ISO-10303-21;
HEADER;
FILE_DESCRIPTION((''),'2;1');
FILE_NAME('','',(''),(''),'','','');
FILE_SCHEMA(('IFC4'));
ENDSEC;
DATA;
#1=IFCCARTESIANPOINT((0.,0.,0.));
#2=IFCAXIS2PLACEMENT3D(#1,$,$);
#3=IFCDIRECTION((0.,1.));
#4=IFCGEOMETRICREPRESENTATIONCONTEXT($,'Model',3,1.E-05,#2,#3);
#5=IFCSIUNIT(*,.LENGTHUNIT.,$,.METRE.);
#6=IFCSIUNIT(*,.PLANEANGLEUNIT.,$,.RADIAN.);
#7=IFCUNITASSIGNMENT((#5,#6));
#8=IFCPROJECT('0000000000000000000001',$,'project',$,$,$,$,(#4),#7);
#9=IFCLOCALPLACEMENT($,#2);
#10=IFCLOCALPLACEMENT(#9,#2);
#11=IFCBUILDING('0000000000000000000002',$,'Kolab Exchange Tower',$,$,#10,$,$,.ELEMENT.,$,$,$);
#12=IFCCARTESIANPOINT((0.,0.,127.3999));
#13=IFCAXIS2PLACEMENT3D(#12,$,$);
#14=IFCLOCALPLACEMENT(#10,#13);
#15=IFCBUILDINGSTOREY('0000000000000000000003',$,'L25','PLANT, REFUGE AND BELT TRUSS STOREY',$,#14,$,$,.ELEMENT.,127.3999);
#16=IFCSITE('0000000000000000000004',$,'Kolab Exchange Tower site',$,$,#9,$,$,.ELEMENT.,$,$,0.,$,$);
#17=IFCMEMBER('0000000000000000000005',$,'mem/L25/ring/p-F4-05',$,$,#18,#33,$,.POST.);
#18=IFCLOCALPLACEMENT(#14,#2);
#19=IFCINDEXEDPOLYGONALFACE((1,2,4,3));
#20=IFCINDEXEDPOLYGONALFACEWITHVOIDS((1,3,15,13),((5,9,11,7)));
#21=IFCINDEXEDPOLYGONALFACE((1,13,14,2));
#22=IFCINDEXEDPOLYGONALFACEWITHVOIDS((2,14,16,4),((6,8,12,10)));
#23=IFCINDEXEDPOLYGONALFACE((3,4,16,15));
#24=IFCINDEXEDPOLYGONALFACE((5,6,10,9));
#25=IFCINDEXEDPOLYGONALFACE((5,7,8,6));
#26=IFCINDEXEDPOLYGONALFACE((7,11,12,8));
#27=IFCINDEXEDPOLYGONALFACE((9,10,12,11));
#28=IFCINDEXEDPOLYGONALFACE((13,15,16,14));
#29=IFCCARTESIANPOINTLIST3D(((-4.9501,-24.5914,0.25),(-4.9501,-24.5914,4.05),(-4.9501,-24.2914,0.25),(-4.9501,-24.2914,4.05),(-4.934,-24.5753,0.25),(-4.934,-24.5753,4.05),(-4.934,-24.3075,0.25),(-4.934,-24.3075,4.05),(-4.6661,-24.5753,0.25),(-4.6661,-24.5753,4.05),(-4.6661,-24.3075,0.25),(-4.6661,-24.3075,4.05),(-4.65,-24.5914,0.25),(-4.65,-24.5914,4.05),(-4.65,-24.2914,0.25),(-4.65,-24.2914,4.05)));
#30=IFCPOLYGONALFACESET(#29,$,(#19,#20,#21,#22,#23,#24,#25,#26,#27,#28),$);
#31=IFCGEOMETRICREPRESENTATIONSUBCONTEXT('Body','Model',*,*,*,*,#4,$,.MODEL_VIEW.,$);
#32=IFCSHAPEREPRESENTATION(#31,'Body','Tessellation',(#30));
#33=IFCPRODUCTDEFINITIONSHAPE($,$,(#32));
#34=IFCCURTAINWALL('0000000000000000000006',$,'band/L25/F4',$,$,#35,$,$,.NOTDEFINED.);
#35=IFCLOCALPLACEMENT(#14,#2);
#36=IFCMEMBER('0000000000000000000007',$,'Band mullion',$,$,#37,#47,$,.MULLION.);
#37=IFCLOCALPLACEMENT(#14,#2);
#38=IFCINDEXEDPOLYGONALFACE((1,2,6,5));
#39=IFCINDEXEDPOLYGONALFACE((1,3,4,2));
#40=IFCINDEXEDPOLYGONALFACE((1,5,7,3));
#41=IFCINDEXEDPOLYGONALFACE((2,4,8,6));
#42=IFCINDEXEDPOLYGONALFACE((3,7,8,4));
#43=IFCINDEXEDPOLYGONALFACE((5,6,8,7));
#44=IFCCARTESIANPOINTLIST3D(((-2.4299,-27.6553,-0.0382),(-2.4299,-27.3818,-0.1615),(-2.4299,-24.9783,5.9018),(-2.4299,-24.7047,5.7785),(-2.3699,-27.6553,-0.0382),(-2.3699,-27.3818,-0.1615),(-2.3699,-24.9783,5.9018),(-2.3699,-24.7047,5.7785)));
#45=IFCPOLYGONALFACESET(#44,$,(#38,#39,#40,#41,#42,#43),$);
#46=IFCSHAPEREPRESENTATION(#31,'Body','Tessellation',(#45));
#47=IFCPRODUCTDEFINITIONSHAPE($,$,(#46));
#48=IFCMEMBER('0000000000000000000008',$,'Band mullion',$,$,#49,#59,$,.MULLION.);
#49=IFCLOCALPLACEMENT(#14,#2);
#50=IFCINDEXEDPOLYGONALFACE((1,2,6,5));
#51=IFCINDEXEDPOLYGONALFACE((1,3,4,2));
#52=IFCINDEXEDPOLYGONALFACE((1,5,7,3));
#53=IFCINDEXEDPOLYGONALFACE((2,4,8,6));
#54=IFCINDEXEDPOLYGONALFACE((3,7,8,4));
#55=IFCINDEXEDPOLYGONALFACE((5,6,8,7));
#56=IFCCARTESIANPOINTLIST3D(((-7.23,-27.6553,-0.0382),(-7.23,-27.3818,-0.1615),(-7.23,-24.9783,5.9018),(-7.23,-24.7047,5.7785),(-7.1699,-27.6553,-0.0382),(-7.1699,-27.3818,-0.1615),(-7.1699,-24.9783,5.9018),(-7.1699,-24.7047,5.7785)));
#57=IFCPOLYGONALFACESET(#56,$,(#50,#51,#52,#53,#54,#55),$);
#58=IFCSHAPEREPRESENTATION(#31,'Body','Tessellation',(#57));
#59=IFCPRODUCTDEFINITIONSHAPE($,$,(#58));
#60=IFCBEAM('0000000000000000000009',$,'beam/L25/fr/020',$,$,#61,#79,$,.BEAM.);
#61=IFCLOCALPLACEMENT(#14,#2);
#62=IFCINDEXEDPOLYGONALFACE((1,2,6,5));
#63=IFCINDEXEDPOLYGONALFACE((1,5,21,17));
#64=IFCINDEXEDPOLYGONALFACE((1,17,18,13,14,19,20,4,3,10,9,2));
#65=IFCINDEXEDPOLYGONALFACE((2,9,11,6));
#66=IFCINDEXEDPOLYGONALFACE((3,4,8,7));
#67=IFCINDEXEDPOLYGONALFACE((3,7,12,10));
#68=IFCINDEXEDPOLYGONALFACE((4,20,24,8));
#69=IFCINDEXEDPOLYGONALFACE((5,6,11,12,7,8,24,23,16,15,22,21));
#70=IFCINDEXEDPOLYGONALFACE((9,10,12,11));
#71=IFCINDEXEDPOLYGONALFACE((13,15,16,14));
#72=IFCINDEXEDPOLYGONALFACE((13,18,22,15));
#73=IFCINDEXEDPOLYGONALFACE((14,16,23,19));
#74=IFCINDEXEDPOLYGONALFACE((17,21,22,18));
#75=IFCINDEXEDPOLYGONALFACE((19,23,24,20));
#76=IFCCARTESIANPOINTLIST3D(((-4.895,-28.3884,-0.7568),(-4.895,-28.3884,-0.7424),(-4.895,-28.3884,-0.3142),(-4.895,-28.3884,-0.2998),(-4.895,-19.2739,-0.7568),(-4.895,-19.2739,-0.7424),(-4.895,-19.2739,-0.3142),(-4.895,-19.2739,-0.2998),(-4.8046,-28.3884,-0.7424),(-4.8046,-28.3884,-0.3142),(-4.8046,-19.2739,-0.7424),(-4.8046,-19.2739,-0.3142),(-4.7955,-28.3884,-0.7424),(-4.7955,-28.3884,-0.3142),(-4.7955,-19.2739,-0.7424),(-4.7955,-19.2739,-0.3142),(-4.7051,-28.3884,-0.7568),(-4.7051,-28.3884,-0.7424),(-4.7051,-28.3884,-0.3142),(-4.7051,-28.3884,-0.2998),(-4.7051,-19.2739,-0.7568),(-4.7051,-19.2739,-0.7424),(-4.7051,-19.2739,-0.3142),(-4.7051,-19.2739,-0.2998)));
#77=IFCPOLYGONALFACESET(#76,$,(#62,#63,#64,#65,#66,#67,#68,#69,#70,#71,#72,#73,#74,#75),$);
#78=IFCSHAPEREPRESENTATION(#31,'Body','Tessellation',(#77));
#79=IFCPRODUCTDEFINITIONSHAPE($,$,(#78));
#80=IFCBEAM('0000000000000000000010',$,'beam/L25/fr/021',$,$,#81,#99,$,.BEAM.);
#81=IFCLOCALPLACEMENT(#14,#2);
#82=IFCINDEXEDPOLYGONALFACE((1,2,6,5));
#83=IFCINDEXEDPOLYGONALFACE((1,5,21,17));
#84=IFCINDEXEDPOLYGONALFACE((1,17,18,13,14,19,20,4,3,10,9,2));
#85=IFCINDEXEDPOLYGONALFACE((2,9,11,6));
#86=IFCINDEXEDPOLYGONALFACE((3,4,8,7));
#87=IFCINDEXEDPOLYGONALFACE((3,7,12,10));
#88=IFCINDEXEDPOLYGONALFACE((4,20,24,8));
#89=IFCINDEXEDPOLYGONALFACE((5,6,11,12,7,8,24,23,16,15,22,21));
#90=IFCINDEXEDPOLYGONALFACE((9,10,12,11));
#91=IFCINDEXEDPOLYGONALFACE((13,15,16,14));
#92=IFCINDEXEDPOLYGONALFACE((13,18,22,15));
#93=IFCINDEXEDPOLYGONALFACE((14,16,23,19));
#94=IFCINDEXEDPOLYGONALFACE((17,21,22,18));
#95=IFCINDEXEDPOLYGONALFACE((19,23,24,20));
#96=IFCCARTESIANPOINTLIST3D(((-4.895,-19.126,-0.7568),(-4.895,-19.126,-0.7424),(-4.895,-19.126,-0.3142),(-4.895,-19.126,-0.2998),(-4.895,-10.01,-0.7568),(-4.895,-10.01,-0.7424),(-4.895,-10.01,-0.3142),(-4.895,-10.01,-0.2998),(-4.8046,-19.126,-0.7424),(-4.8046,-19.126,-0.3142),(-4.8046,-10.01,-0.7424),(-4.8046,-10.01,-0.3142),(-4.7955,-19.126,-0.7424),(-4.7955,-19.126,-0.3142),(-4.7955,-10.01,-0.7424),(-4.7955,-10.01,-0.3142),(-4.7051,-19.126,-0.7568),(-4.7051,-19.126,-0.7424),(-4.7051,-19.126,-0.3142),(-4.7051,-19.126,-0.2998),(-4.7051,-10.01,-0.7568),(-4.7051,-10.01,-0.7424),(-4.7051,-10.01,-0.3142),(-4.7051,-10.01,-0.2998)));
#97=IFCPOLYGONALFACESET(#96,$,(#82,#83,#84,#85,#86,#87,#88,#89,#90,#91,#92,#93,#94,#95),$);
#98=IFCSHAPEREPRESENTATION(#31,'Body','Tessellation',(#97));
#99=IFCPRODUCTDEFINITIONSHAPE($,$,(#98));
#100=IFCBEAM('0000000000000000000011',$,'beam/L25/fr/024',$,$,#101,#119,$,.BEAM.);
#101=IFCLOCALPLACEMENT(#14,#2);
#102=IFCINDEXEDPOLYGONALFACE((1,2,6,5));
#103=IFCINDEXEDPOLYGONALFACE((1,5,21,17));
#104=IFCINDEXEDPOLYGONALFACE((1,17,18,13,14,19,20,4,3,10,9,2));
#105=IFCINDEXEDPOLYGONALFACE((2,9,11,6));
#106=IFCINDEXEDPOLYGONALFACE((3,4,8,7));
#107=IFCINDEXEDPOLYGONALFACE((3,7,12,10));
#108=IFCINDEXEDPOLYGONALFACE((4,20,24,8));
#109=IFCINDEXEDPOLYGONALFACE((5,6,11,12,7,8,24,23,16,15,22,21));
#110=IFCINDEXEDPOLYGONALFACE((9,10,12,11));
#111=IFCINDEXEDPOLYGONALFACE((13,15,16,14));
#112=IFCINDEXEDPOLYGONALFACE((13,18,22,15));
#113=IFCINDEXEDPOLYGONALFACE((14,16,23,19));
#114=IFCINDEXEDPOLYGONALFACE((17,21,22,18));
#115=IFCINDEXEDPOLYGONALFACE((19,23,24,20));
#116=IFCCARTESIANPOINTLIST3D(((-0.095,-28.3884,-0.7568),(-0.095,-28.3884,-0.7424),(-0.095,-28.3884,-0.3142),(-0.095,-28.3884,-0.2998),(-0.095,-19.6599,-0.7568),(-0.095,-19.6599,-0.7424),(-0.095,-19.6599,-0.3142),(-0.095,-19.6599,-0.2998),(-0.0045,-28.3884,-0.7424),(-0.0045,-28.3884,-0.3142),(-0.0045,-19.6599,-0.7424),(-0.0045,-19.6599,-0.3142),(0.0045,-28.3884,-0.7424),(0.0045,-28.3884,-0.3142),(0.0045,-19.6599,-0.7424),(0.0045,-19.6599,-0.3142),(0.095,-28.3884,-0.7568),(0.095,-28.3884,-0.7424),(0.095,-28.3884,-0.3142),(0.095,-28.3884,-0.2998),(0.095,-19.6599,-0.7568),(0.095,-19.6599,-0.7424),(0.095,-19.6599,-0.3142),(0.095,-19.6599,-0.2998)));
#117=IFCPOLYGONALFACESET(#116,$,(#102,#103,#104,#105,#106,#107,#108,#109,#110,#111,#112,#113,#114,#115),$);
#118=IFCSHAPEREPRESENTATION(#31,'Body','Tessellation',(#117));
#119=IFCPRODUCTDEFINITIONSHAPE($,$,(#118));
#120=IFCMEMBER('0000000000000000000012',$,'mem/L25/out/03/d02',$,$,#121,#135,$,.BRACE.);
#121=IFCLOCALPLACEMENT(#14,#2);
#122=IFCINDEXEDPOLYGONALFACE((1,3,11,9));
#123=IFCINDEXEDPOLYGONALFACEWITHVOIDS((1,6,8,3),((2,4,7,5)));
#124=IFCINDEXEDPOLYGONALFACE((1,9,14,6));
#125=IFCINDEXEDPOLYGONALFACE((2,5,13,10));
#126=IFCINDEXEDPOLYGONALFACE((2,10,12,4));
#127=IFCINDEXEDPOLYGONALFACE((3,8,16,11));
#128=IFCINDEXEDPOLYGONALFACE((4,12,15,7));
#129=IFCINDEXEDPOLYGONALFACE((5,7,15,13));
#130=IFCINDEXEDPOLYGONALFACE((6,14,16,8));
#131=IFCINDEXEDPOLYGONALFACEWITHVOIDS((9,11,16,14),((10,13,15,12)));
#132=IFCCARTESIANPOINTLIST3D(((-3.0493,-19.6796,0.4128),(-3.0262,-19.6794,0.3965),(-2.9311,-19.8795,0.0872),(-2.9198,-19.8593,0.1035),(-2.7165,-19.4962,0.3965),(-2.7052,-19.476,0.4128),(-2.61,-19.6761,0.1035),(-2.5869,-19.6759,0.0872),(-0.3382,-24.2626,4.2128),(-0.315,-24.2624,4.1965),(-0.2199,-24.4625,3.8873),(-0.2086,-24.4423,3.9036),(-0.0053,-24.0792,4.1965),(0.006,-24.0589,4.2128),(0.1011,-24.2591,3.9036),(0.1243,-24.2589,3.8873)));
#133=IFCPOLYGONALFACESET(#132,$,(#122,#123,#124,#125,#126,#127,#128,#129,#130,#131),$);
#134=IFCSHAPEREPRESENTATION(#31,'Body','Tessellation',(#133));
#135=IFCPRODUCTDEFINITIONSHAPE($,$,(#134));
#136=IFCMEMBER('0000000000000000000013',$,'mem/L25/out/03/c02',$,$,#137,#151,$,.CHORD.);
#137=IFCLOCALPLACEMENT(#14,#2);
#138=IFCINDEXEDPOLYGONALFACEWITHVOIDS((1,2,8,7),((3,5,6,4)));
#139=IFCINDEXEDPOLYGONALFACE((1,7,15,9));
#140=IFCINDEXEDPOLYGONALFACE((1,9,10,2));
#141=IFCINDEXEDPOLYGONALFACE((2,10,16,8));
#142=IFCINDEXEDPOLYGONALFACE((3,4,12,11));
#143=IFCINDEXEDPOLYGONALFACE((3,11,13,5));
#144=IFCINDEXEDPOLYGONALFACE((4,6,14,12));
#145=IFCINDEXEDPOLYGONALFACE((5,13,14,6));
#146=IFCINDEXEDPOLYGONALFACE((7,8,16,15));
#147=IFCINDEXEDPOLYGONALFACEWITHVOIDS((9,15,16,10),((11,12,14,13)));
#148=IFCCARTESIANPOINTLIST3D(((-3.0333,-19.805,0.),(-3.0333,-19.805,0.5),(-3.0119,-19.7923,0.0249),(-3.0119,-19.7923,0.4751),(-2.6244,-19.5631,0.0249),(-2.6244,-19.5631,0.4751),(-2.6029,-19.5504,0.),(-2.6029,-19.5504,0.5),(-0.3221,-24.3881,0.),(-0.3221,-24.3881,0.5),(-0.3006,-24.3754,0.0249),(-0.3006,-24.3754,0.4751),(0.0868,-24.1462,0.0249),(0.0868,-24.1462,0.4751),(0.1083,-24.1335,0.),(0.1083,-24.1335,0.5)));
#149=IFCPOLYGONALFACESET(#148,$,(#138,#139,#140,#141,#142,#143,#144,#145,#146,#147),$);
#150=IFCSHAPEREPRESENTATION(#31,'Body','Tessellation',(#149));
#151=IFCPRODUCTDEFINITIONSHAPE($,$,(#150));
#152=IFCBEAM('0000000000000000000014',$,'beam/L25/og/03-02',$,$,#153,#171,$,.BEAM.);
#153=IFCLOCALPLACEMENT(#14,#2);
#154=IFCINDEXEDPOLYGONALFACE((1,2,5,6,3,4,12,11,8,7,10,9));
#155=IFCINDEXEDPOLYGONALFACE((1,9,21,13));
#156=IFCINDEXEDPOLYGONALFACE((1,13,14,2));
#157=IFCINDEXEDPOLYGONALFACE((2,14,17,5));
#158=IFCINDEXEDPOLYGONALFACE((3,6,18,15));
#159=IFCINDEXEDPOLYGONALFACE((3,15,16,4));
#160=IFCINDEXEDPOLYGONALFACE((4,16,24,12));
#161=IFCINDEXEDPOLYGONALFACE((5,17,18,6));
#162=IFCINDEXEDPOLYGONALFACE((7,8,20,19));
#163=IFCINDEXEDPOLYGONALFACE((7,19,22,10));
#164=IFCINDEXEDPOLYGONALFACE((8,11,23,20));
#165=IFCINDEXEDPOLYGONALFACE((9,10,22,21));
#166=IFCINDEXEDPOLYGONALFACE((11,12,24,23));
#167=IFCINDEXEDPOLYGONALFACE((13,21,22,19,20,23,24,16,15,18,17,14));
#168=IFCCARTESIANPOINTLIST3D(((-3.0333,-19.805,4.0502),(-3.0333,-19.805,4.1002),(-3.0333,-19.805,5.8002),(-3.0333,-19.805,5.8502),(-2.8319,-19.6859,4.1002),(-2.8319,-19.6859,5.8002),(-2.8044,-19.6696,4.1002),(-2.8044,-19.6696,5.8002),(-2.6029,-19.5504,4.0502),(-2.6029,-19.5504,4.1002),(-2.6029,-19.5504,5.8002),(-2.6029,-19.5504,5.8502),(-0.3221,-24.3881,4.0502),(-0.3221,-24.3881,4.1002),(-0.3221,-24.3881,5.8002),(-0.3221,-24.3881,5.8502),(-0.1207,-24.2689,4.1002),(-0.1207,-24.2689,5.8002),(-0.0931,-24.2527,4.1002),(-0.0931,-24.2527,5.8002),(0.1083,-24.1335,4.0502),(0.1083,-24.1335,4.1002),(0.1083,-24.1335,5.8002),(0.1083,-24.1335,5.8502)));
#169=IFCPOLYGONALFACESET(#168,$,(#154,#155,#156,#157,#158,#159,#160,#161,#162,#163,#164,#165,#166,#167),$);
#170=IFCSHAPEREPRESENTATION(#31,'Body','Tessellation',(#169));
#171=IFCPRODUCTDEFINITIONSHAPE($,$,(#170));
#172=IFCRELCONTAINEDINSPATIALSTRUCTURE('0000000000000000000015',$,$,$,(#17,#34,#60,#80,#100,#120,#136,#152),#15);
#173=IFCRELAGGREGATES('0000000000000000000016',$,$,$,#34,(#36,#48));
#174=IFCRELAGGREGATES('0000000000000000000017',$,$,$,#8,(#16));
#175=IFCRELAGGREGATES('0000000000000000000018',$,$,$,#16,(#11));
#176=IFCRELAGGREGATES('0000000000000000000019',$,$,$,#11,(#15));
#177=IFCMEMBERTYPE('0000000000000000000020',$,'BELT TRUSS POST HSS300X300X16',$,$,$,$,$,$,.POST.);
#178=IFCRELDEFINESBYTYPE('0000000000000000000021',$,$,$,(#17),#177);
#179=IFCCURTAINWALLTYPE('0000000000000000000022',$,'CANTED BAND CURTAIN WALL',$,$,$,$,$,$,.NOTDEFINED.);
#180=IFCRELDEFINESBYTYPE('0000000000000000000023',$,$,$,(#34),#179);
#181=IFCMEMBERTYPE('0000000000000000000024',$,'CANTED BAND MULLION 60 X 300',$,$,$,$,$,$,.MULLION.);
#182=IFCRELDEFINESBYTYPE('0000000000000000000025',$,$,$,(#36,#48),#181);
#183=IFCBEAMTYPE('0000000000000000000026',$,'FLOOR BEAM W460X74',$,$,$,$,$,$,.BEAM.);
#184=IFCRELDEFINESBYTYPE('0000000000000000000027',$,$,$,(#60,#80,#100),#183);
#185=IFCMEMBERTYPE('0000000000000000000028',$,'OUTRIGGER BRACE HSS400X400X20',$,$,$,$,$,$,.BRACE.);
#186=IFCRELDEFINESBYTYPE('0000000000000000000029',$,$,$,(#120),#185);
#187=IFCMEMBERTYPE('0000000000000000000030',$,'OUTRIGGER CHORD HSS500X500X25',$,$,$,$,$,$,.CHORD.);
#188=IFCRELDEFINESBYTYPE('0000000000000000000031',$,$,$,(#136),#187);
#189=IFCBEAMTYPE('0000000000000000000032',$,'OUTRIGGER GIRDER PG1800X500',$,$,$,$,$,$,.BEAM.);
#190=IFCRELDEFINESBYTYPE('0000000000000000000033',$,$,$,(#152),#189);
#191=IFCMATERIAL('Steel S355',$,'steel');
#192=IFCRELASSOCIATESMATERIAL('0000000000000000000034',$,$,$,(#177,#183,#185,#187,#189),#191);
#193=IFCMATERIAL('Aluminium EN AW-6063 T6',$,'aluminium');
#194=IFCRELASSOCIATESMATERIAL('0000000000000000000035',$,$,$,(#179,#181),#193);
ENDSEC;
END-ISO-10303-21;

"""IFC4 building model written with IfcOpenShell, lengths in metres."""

from ifc_helpers import new_model, si_unit, direction, frame, origin, origin_2d, place, context, subcontext, project, spatial, rectangle, hollow_rectangle, i_section, extrude, material, material_profile, profile_set, type_object, element, aggregate, save


model = new_model("IFC4")

# Units and contexts
model_context = context("Model", 3, precision=1e-05, world=origin(), true_north=direction((0.0, 1.0)))
body_context = subcontext(model_context, "Body", "Model", "MODEL_VIEW")
ifc_project = project(units=[si_unit("LENGTHUNIT", "METRE"), si_unit("PLANEANGLEUNIT", "RADIAN")], contexts=[model_context])

# Site, building, storey
site_placement = place(None, origin())
site = spatial("IfcSite", under=ifc_project, at=site_placement, Name="Kolab Exchange Tower site", CompositionType="ELEMENT", RefElevation=0.0)
building_placement = place(site_placement, origin())
building = spatial("IfcBuilding", under=site, at=building_placement, Name="Kolab Exchange Tower", CompositionType="ELEMENT")
storey_placement = place(building_placement, frame((0.0, 0.0, 127.3999)))
storey = spatial("IfcBuildingStorey", under=building, at=storey_placement, Name="L25", Description="PLANT, REFUGE AND BELT TRUSS STOREY", CompositionType="ELEMENT", Elevation=127.3999)

# Shared definitions
ifc_material_1 = material(Name="Steel S355", Category="steel")

# Member
ifc_material_profile_1 = material_profile(ifc_material_1, hollow_rectangle(XDim=0.3, YDim=0.3, WallThickness=0.0161, at=origin_2d()), Name="HSS300X300X16")
ifc_profile_set_1 = profile_set([ifc_material_profile_1], Name="Steel S355")
member_type_1 = type_object("IfcMemberType", Name="BELT TRUSS POST HSS300X300X16", PredefinedType="POST", material=ifc_profile_set_1)
for number, where, z_axis, x_axis, name in (
    (1, (-4.8, -24.4414, 0.25), (0.0, 0.0, 1.0), (1.0, 0.0, 0.0), "mem/L25/ring/p-F4-05"),
):
    element("IfcMember", number, at=place(storey_placement, frame(where, z_axis=z_axis, x_axis=x_axis)), inside=storey, type_object=member_type_1, Name=name, PredefinedType="POST", context=body_context, shape_type="SweptSolid", body=[
        extrude(hollow_rectangle(XDim=0.3, YDim=0.3, WallThickness=0.0161, at=origin_2d()), origin(), (0.0, 0.0, 1.0), 3.8),
    ])

# Curtain wall, members
ifc_material_2 = material(Name="Aluminium EN AW-6063 T6", Category="aluminium")
curtain_wall_type = type_object("IfcCurtainWallType", Name="CANTED BAND CURTAIN WALL", PredefinedType="NOTDEFINED", material=ifc_material_2)
curtain_wall_placement = place(storey_placement, origin())
curtain_wall = element("IfcCurtainWall", 2, at=curtain_wall_placement, inside=storey, type_object=curtain_wall_type, Name="band/L25/F4", PredefinedType="NOTDEFINED")
ifc_material_profile_2 = material_profile(ifc_material_2, rectangle(XDim=0.0601, YDim=0.3, at=origin_2d()), Name="RECT 60X300")
ifc_profile_set_2 = profile_set([ifc_material_profile_2], Name="Aluminium EN AW-6063 T6")
member_type_2 = type_object("IfcMemberType", Name="CANTED BAND MULLION 60 X 300", PredefinedType="MULLION", material=ifc_profile_set_2)
member_1_placement = place(storey_placement, frame((-2.3999, -27.5186, -0.0999), z_axis=(0.0, 0.410879, 0.91169), x_axis=(-1.0, 0.0, 0.0)))
member_1 = element("IfcMember", 3, at=member_1_placement, type_object=member_type_2, Name="Band mullion", PredefinedType="MULLION", context=body_context, shape_type="SweptSolid", body=[
    extrude(rectangle(XDim=0.0601, YDim=0.3, at=origin_2d()), origin(), (0.0, 0.0, 1.0), 6.5154),
])
member_2_placement = place(storey_placement, frame((-7.2, -27.5186, -0.0999), z_axis=(0.0, 0.410879, 0.91169), x_axis=(-1.0, 0.0, 0.0)))
member_2 = element("IfcMember", 4, at=member_2_placement, type_object=member_type_2, Name="Band mullion", PredefinedType="MULLION", context=body_context, shape_type="SweptSolid", body=[
    extrude(rectangle(XDim=0.0601, YDim=0.3, at=origin_2d()), origin(), (0.0, 0.0, 1.0), 6.5154),
])

# Beams
ifc_material_profile_3 = material_profile(ifc_material_1, i_section(OverallWidth=0.1899, OverallDepth=0.457, WebThickness=0.009, FlangeThickness=0.0144, at=origin_2d()), Name="W460X74")
ifc_profile_set_3 = profile_set([ifc_material_profile_3], Name="Steel S355")
beam_type_1 = type_object("IfcBeamType", Name="FLOOR BEAM W460X74", PredefinedType="BEAM", material=ifc_profile_set_3)
beam_1_placement = place(storey_placement, frame((-4.8, -28.3884, -0.5283), z_axis=(0.0, 1.0, 0.0), x_axis=(-1.0, 0.0, 0.0)))
element("IfcBeam", 5, at=beam_1_placement, inside=storey, type_object=beam_type_1, Name="beam/L25/fr/020", PredefinedType="BEAM", context=body_context, shape_type="SweptSolid", body=[
    extrude(i_section(OverallWidth=0.1899, OverallDepth=0.457, WebThickness=0.009, FlangeThickness=0.0144, at=origin_2d()), origin(), (0.0, 0.0, 1.0), 9.1145),
])
beam_2_placement = place(storey_placement, frame((-4.8, -19.126, -0.5283), z_axis=(0.0, 1.0, 0.0), x_axis=(-1.0, 0.0, 0.0)))
element("IfcBeam", 6, at=beam_2_placement, inside=storey, type_object=beam_type_1, Name="beam/L25/fr/021", PredefinedType="BEAM", context=body_context, shape_type="SweptSolid", body=[
    extrude(i_section(OverallWidth=0.1899, OverallDepth=0.457, WebThickness=0.009, FlangeThickness=0.0144, at=origin_2d()), origin(), (0.0, 0.0, 1.0), 9.116),
])
beam_3_placement = place(storey_placement, frame((0.0, -28.3884, -0.5283), z_axis=(0.0, 1.0, 0.0), x_axis=(-1.0, 0.0, 0.0)))
element("IfcBeam", 7, at=beam_3_placement, inside=storey, type_object=beam_type_1, Name="beam/L25/fr/024", PredefinedType="BEAM", context=body_context, shape_type="SweptSolid", body=[
    extrude(i_section(OverallWidth=0.1899, OverallDepth=0.457, WebThickness=0.009, FlangeThickness=0.0144, at=origin_2d()), origin(), (0.0, 0.0, 1.0), 8.7285),
])

# Members
ifc_material_profile_4 = material_profile(ifc_material_1, hollow_rectangle(XDim=0.3999, YDim=0.3999, WallThickness=0.02, at=origin_2d()), Name="HSS400X400X20")
ifc_profile_set_4 = profile_set([ifc_material_profile_4], Name="Steel S355")
member_type_3 = type_object("IfcMemberType", Name="OUTRIGGER BRACE HSS400X400X20", PredefinedType="BRACE", material=ifc_profile_set_4)
member_3_placement = place(storey_placement, frame((-2.8181, -19.6777, 0.25), z_axis=(0.414441, -0.700575, 0.580889), x_axis=(0.860676, 0.509152, 0.0)))
element("IfcMember", 8, at=member_3_placement, inside=storey, type_object=member_type_3, Name="mem/L25/out/03/d02", PredefinedType="BRACE", context=body_context, shape_type="SweptSolid", body=[
    extrude(hollow_rectangle(XDim=0.3999, YDim=0.3999, WallThickness=0.02, at=origin_2d()), origin(), (0.0, 0.0, 1.0), 6.5417),
])
ifc_material_profile_5 = material_profile(ifc_material_1, hollow_rectangle(XDim=0.5, YDim=0.5, WallThickness=0.0249, at=origin_2d()), Name="HSS500X500X25")
ifc_profile_set_5 = profile_set([ifc_material_profile_5], Name="Steel S355")
member_type_4 = type_object("IfcMemberType", Name="OUTRIGGER CHORD HSS500X500X25", PredefinedType="CHORD", material=ifc_profile_set_5)
member_4_placement = place(storey_placement, frame((-2.8181, -19.6777, 0.25), z_axis=(0.509152, -0.860676, 0.0), x_axis=(0.860676, 0.509152, 0.0)))
element("IfcMember", 9, at=member_4_placement, inside=storey, type_object=member_type_4, Name="mem/L25/out/03/c02", PredefinedType="CHORD", context=body_context, shape_type="SweptSolid", body=[
    extrude(hollow_rectangle(XDim=0.5, YDim=0.5, WallThickness=0.0249, at=origin_2d()), origin(), (0.0, 0.0, 1.0), 5.325),
])

# Beam
ifc_material_profile_6 = material_profile(ifc_material_1, i_section(OverallWidth=0.5, OverallDepth=1.8, WebThickness=0.032, FlangeThickness=0.05, at=origin_2d()), Name="PG1800X500")
ifc_profile_set_6 = profile_set([ifc_material_profile_6], Name="Steel S355")
beam_type_2 = type_object("IfcBeamType", Name="OUTRIGGER GIRDER PG1800X500", PredefinedType="BEAM", material=ifc_profile_set_6)
beam_4_placement = place(storey_placement, frame((-2.8181, -19.6777, 4.9502), z_axis=(0.509152, -0.860676, 0.0), x_axis=(0.860676, 0.509152, 0.0)))
element("IfcBeam", 10, at=beam_4_placement, inside=storey, type_object=beam_type_2, Name="beam/L25/og/03-02", PredefinedType="BEAM", context=body_context, shape_type="SweptSolid", body=[
    extrude(i_section(OverallWidth=0.5, OverallDepth=1.8, WebThickness=0.032, FlangeThickness=0.05, at=origin_2d()), origin(), (0.0, 0.0, 1.0), 5.325),
])

aggregate(curtain_wall, [member_1, member_2])

save(model, "model.ifc")
